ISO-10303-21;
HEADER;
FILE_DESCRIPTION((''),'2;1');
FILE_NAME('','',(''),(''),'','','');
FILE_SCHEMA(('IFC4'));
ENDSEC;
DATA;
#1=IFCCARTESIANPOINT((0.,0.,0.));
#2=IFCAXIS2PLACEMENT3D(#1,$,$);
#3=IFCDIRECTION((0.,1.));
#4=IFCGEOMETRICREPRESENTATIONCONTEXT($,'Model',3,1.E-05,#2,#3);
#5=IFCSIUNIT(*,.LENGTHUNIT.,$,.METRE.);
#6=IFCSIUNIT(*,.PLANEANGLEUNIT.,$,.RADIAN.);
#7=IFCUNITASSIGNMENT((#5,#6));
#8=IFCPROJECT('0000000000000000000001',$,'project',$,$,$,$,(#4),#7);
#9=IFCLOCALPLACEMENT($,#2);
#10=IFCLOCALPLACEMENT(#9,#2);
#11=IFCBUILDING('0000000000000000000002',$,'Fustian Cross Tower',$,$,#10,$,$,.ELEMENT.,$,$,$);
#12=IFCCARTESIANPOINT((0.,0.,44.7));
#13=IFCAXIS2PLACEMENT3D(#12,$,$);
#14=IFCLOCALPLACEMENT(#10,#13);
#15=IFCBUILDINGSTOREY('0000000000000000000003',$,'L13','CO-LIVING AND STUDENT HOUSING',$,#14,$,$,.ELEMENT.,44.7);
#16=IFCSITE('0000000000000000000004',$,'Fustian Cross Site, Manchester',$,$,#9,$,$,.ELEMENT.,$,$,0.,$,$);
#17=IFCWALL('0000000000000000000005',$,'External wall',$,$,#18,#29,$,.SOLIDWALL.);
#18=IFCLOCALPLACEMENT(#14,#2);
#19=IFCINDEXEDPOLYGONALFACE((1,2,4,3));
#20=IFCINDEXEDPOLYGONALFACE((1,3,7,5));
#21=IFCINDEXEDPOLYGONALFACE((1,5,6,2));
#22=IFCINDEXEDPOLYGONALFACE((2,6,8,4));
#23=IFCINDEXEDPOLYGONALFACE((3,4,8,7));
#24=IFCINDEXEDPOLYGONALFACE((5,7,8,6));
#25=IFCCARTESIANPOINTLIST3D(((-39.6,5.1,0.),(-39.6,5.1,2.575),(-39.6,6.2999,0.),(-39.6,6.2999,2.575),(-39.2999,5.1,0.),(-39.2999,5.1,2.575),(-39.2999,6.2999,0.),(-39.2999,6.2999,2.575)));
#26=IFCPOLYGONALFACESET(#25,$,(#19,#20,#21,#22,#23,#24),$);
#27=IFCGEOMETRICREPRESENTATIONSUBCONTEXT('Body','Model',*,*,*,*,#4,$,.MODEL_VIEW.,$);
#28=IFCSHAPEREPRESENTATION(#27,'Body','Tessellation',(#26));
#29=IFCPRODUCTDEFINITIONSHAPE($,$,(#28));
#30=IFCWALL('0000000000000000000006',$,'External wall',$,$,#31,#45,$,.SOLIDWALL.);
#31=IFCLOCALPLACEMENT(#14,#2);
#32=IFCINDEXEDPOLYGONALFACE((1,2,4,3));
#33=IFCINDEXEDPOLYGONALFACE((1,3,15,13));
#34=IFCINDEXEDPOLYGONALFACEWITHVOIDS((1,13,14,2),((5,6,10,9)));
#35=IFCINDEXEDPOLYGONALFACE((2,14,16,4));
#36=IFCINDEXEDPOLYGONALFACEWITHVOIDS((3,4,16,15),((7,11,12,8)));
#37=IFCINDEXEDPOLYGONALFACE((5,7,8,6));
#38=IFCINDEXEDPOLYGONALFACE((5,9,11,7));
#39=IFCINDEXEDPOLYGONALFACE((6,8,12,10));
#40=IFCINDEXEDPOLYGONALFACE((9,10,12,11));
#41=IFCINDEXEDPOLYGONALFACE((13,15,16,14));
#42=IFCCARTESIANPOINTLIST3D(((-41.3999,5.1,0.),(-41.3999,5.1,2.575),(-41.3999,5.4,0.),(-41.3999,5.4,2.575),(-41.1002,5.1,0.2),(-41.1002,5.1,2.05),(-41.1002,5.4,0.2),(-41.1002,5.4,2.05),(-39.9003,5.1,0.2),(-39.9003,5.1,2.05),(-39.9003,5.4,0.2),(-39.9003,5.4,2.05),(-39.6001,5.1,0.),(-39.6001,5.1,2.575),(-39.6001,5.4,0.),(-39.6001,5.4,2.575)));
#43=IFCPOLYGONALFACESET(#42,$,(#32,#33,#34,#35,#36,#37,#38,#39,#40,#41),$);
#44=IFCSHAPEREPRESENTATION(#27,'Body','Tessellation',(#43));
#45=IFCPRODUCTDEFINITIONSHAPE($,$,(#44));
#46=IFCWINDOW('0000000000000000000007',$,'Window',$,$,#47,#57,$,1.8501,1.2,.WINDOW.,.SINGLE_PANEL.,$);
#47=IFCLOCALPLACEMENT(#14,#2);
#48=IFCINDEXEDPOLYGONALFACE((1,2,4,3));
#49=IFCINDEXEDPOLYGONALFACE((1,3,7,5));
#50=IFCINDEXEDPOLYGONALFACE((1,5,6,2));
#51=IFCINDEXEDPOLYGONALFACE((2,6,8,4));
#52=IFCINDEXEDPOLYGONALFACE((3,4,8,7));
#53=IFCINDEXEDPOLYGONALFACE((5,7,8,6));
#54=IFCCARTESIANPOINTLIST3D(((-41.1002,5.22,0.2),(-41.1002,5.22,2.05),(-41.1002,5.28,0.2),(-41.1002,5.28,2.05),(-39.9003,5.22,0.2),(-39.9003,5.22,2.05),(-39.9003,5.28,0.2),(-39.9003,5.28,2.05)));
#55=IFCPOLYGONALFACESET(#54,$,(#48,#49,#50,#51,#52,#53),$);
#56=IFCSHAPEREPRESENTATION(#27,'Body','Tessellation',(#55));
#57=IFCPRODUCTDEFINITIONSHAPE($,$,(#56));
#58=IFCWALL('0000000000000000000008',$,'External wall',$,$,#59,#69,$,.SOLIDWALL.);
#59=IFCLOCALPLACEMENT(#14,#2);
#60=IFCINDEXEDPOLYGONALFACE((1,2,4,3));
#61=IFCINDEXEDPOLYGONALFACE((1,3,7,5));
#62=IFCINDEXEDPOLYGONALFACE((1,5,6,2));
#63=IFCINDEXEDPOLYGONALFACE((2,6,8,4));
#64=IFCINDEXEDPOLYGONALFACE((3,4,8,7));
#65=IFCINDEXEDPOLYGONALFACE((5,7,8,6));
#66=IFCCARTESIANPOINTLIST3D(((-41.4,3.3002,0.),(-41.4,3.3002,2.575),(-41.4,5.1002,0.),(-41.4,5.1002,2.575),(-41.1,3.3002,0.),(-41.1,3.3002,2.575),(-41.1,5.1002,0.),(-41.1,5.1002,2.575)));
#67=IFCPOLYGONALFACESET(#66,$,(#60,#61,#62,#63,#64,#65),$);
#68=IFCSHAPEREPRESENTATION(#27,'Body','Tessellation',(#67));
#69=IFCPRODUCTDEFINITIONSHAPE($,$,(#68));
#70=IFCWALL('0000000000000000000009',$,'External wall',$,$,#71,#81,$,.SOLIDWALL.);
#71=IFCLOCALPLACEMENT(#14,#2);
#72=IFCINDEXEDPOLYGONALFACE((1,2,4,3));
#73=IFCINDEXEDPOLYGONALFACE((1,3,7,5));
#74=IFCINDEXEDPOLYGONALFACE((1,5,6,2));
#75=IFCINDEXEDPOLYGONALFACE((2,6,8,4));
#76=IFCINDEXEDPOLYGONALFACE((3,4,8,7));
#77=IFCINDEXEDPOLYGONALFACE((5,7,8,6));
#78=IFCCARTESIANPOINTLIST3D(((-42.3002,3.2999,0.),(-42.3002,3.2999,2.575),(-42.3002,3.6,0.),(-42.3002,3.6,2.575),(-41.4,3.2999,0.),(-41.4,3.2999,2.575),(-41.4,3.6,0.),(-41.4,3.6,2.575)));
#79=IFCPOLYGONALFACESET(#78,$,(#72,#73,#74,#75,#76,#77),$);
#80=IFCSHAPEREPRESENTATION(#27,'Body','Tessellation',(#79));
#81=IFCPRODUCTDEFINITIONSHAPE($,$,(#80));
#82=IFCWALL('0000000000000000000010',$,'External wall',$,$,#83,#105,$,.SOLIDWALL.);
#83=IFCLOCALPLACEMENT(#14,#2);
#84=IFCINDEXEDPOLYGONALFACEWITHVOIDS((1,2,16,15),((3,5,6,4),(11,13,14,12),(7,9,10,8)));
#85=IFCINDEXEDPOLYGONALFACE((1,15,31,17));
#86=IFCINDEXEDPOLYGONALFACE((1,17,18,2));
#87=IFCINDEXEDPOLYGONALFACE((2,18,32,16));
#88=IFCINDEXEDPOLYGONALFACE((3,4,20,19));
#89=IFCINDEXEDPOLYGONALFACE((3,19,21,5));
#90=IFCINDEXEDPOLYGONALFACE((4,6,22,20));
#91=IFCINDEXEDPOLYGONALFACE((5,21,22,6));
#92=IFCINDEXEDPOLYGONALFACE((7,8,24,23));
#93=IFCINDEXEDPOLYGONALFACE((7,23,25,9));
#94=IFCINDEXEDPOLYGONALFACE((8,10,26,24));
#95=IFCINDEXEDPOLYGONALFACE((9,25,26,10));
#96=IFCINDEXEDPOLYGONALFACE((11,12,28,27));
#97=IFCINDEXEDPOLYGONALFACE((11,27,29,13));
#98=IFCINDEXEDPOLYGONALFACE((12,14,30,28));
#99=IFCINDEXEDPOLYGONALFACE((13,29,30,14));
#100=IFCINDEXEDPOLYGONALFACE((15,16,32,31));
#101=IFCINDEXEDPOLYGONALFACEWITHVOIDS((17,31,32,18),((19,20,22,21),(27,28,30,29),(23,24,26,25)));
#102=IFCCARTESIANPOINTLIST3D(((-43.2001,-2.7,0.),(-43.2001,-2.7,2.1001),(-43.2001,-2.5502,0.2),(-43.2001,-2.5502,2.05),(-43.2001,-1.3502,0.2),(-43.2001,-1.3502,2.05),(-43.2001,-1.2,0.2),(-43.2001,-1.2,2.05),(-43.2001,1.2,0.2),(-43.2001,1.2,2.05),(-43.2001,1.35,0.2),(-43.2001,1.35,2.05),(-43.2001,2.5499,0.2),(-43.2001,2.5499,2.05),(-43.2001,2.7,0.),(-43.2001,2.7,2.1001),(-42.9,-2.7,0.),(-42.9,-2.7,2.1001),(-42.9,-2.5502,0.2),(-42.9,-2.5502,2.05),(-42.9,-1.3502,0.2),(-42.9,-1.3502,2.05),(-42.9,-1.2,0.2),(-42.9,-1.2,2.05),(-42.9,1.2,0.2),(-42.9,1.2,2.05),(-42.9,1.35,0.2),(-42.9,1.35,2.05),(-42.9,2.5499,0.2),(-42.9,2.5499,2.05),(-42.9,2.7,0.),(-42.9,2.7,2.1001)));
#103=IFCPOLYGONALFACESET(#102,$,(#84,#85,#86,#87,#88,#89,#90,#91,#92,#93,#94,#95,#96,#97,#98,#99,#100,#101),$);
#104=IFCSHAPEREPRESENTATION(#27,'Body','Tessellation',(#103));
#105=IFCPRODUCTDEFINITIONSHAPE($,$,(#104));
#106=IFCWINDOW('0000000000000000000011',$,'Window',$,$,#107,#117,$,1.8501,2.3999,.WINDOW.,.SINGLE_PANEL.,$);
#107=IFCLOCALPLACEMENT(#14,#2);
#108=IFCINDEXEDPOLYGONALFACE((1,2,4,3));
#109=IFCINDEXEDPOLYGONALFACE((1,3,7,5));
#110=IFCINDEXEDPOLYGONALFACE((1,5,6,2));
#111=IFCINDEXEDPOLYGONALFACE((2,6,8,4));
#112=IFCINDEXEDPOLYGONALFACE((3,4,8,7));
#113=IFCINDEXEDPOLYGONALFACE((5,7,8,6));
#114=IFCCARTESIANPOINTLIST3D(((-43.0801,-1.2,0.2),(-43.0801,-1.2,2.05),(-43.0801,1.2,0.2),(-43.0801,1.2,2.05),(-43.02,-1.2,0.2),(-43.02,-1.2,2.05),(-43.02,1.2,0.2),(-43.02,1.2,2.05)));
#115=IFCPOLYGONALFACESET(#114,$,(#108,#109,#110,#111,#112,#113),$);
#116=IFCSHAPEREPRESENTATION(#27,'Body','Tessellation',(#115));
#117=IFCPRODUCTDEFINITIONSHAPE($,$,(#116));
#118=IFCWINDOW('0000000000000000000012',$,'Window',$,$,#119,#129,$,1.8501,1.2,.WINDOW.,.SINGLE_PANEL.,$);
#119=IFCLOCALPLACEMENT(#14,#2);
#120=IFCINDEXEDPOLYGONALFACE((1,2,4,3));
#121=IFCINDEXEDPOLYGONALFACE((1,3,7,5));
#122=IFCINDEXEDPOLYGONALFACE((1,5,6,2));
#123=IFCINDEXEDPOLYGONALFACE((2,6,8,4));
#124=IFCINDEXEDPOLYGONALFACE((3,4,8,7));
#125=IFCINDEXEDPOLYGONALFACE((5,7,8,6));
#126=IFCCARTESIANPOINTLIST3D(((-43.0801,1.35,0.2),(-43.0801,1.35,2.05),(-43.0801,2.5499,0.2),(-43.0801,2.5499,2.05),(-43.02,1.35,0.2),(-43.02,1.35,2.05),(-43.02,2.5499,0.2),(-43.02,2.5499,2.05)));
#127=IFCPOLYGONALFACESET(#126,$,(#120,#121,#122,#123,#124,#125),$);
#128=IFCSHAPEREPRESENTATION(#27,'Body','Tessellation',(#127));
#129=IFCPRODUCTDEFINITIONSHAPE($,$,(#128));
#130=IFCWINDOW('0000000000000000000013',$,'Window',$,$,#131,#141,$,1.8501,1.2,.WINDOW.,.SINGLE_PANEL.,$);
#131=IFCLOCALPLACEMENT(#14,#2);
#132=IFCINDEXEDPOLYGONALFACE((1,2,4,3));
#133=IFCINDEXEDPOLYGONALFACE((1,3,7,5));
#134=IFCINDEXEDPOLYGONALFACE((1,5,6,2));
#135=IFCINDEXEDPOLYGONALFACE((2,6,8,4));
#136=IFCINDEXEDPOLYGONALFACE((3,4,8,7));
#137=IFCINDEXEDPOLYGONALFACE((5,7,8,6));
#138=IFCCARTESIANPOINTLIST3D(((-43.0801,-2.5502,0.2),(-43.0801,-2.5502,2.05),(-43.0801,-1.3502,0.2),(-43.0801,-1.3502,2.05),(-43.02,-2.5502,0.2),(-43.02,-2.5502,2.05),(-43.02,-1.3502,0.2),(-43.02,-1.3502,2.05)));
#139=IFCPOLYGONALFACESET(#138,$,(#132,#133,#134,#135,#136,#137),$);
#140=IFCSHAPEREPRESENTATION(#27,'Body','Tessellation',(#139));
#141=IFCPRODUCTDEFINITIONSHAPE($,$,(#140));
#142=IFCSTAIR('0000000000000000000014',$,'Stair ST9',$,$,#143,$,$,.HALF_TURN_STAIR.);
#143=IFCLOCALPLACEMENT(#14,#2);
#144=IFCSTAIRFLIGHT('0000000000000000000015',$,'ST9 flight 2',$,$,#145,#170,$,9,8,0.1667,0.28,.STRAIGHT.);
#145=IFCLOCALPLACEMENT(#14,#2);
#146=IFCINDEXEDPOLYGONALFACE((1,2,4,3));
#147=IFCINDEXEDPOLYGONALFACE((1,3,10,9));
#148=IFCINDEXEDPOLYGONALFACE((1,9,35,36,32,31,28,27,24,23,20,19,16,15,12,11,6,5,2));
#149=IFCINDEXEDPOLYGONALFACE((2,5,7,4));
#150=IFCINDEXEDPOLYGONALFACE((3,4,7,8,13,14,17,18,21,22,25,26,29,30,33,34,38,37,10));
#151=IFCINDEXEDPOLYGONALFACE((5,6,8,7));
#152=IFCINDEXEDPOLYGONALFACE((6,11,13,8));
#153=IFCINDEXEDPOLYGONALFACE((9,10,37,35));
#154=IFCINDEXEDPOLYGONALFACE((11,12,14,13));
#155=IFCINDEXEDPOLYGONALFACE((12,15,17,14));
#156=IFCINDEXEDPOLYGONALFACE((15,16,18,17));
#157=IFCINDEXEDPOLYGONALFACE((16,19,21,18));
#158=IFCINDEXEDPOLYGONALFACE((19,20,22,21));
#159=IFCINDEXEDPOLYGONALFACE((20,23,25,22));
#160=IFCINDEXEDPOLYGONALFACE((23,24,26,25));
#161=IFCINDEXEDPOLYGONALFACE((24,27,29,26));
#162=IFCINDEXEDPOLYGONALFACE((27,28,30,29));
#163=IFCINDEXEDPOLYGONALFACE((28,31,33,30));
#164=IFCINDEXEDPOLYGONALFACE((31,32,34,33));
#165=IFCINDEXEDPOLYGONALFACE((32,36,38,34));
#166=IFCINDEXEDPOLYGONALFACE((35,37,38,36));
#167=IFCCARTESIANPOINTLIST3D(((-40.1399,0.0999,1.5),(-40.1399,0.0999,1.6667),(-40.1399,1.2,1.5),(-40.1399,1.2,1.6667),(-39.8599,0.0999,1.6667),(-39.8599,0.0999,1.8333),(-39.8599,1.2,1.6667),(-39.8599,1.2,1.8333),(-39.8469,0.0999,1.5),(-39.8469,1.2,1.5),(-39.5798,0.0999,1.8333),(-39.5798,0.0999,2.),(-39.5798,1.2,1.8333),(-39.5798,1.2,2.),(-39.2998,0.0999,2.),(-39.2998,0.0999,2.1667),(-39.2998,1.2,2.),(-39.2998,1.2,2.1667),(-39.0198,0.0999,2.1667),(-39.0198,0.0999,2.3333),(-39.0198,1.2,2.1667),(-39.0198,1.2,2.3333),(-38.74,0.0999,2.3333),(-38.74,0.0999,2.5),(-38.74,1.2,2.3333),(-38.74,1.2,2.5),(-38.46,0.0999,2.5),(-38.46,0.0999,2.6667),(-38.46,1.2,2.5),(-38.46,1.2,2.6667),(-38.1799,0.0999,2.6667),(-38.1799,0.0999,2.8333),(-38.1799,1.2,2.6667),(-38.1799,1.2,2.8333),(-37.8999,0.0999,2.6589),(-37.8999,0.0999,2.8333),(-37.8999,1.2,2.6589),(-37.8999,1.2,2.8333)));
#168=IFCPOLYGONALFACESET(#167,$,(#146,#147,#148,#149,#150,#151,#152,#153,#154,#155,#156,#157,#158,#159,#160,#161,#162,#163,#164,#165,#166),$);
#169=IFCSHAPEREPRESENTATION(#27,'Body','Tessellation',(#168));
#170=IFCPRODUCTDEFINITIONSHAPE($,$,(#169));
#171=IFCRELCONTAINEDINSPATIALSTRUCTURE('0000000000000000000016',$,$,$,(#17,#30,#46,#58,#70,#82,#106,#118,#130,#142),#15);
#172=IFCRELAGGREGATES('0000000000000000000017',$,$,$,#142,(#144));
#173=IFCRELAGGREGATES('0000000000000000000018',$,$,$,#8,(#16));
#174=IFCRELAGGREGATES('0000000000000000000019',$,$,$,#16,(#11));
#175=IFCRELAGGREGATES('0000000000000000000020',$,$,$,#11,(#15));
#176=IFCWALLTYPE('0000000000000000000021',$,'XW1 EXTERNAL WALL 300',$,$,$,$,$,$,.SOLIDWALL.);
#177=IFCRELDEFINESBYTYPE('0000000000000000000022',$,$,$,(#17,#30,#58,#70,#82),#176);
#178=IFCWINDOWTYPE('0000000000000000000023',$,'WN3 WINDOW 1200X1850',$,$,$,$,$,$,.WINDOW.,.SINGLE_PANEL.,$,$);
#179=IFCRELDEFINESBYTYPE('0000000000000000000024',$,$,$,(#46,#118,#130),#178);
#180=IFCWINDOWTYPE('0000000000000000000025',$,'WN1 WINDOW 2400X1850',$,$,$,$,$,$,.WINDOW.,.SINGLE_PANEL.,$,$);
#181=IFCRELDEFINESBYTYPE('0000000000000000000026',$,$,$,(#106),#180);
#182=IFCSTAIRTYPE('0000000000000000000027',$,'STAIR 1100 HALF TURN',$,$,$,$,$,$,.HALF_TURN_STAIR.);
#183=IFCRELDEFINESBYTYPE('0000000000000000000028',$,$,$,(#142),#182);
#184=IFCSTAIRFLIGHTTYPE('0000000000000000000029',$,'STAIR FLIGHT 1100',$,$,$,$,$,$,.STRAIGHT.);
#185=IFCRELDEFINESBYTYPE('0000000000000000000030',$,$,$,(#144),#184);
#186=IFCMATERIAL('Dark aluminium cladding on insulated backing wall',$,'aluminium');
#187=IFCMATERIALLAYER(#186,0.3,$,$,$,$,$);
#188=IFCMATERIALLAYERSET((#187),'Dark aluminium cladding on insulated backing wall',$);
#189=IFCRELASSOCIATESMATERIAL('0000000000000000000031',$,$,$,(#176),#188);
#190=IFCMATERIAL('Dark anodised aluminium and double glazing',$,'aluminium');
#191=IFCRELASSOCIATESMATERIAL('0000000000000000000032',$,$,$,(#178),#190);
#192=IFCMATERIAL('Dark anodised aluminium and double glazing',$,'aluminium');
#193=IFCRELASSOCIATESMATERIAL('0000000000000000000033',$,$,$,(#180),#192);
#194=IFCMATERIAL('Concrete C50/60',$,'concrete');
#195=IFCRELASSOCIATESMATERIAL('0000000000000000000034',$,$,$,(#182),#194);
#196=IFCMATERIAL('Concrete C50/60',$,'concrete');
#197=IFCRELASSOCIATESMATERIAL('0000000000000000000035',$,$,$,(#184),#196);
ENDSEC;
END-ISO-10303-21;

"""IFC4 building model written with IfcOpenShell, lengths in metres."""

from ifc_helpers import new_model, si_unit, direction, frame, frame_2d, origin, place, context, subcontext, project, spatial, polyline, rectangle, outline, extrude, material, layer, layer_set, type_object, element, fill, aggregate, save


model = new_model("IFC4")

# Units and contexts
model_context = context("Model", 3, precision=1e-05, world=origin(), true_north=direction((0.0, 1.0)))
body_context = subcontext(model_context, "Body", "Model", "MODEL_VIEW")
ifc_project = project(units=[si_unit("LENGTHUNIT", "METRE"), si_unit("PLANEANGLEUNIT", "RADIAN")], contexts=[model_context])

# Site, building, storey
site_placement = place(None, origin())
site = spatial("IfcSite", under=ifc_project, at=site_placement, Name="Fustian Cross Site, Manchester", CompositionType="ELEMENT", RefElevation=0.0)
building_placement = place(site_placement, origin())
building = spatial("IfcBuilding", under=site, at=building_placement, Name="Fustian Cross Tower", CompositionType="ELEMENT")
storey_placement = place(building_placement, frame((0.0, 0.0, 44.7)))
storey = spatial("IfcBuildingStorey", under=building, at=storey_placement, Name="L13", Description="CO-LIVING AND STUDENT HOUSING", CompositionType="ELEMENT", Elevation=44.7)

# Wall
ifc_material_1 = material(Name="Dark aluminium cladding on insulated backing wall", Category="aluminium")
ifc_layer_1 = layer(ifc_material_1, 0.3)
ifc_layer_set_1 = layer_set([ifc_layer_1], Name="Dark aluminium cladding on insulated backing wall")
wall_type_1 = type_object("IfcWallType", Name="XW1 EXTERNAL WALL 300", PredefinedType="SOLIDWALL", material=ifc_layer_set_1)
wall_1_placement = place(storey_placement, frame((-39.45, 6.3, 0.0), z_axis=(0.0, 0.0, 1.0), x_axis=(0.0, -1.0, 0.0)))
element("IfcWall", 1, at=wall_1_placement, inside=storey, type_object=wall_type_1, Name="External wall", PredefinedType="SOLIDWALL", context=body_context, shape_type="SweptSolid", body=[
    extrude(rectangle(XDim=1.2, YDim=0.3, at=frame_2d((0.6001, 0.0))), origin(), (0.0, 0.0, 1.0), 2.575),
])

# Wall, opening, window
wall_2_placement = place(storey_placement, frame((-39.6001, 5.25, 0.0), z_axis=(0.0, 0.0, 1.0), x_axis=(-1.0, 0.0, 0.0)))
wall_2 = element("IfcWall", 2, at=wall_2_placement, inside=storey, type_object=wall_type_1, Name="External wall", PredefinedType="SOLIDWALL", context=body_context, shape_type="SweptSolid", body=[
    extrude(rectangle(XDim=1.7998, YDim=0.3, at=frame_2d((0.8999, 0.0))), origin(), (0.0, 0.0, 1.0), 2.575),
])
opening_1_placement = place(wall_2_placement, frame((0.3, 0.0, 0.2)))
opening_1 = element("IfcOpeningElement", 3, at=opening_1_placement, cuts=wall_2, PredefinedType="OPENING", context=body_context, shape_type="SweptSolid", body=[
    extrude(rectangle(XDim=1.2, YDim=1.8501, at=frame_2d((0.6001, 0.925))), frame((0.0, 0.1599, 0.0), z_axis=(0.0, -1.0, 0.0), x_axis=(1.0, 0.0, 0.0)), (0.0, 0.0, 1.0), 0.3201),
])
ifc_material_2 = material(Name="Dark anodised aluminium and double glazing", Category="aluminium")
window_type_1 = type_object("IfcWindowType", Name="WN3 WINDOW 1200X1850", PartitioningType="SINGLE_PANEL", PredefinedType="WINDOW", material=ifc_material_2)
window_1_placement = place(opening_1_placement, origin())
window_1 = element("IfcWindow", 4, at=window_1_placement, inside=storey, type_object=window_type_1, Name="Window", OverallHeight=1.8501, OverallWidth=1.2, PartitioningType="SINGLE_PANEL", PredefinedType="WINDOW", context=body_context, shape_type="SweptSolid", body=[
    extrude(rectangle(XDim=1.2, YDim=1.8501, at=frame_2d((0.6001, 0.925))), frame((0.0, 0.03, 0.0), z_axis=(0.0, -1.0, 0.0), x_axis=(1.0, 0.0, 0.0)), (0.0, 0.0, 1.0), 0.0601),
])
fill(opening_1, window_1)

# Walls
wall_3_placement = place(storey_placement, frame((-41.25, 5.1001, 0.0), z_axis=(0.0, 0.0, 1.0), x_axis=(0.0, -1.0, 0.0)))
element("IfcWall", 5, at=wall_3_placement, inside=storey, type_object=wall_type_1, Name="External wall", PredefinedType="SOLIDWALL", context=body_context, shape_type="SweptSolid", body=[
    extrude(rectangle(XDim=1.8, YDim=0.3, at=frame_2d((0.8999, 0.0))), origin(), (0.0, 0.0, 1.0), 2.575),
])
wall_4_placement = place(storey_placement, frame((-41.3999, 3.45, 0.0), z_axis=(0.0, 0.0, 1.0), x_axis=(-1.0, 0.0, 0.0)))
element("IfcWall", 6, at=wall_4_placement, inside=storey, type_object=wall_type_1, Name="External wall", PredefinedType="SOLIDWALL", context=body_context, shape_type="SweptSolid", body=[
    extrude(rectangle(XDim=0.9001, YDim=0.3, at=frame_2d((0.4502, 0.0))), origin(), (0.0, 0.0, 1.0), 2.575),
])

# Wall, openings, windows
wall_5_placement = place(storey_placement, frame((-43.05, 2.7, 0.0), z_axis=(0.0, 0.0, 1.0), x_axis=(0.0, -1.0, 0.0)))
wall_5 = element("IfcWall", 7, at=wall_5_placement, inside=storey, type_object=wall_type_1, Name="External wall", PredefinedType="SOLIDWALL", context=body_context, shape_type="SweptSolid", body=[
    extrude(rectangle(XDim=5.3999, YDim=0.3, at=frame_2d((2.7, 0.0))), origin(), (0.0, 0.0, 1.0), 2.1001),
])
opening_2_placement = place(wall_5_placement, frame((1.5, 0.0, 0.2)))
opening_2 = element("IfcOpeningElement", 8, at=opening_2_placement, cuts=wall_5, PredefinedType="OPENING", context=body_context, shape_type="SweptSolid", body=[
    extrude(rectangle(XDim=2.3999, YDim=1.8501, at=frame_2d((1.2, 0.925))), frame((0.0, 0.1599, 0.0), z_axis=(0.0, -1.0, 0.0), x_axis=(1.0, 0.0, 0.0)), (0.0, 0.0, 1.0), 0.3201),
])
opening_3_placement = place(wall_5_placement, frame((0.1499, 0.0, 0.2)))
opening_3 = element("IfcOpeningElement", 9, at=opening_3_placement, cuts=wall_5, PredefinedType="OPENING", context=body_context, shape_type="SweptSolid", body=[
    extrude(rectangle(XDim=1.2, YDim=1.8501, at=frame_2d((0.6001, 0.925))), frame((0.0, 0.1599, 0.0), z_axis=(0.0, -1.0, 0.0), x_axis=(1.0, 0.0, 0.0)), (0.0, 0.0, 1.0), 0.3201),
])
opening_4_placement = place(wall_5_placement, frame((4.05, 0.0, 0.2)))
opening_4 = element("IfcOpeningElement", 10, at=opening_4_placement, cuts=wall_5, PredefinedType="OPENING", context=body_context, shape_type="SweptSolid", body=[
    extrude(rectangle(XDim=1.2, YDim=1.8501, at=frame_2d((0.6001, 0.925))), frame((0.0, 0.1599, 0.0), z_axis=(0.0, -1.0, 0.0), x_axis=(1.0, 0.0, 0.0)), (0.0, 0.0, 1.0), 0.3201),
])
ifc_material_3 = material(Name="Dark anodised aluminium and double glazing", Category="aluminium")
window_type_2 = type_object("IfcWindowType", Name="WN1 WINDOW 2400X1850", PartitioningType="SINGLE_PANEL", PredefinedType="WINDOW", material=ifc_material_3)
window_2_placement = place(opening_2_placement, origin())
window_2 = element("IfcWindow", 11, at=window_2_placement, inside=storey, type_object=window_type_2, Name="Window", OverallHeight=1.8501, OverallWidth=2.3999, PartitioningType="SINGLE_PANEL", PredefinedType="WINDOW", context=body_context, shape_type="SweptSolid", body=[
    extrude(rectangle(XDim=2.3999, YDim=1.8501, at=frame_2d((1.2, 0.925))), frame((0.0, 0.03, 0.0), z_axis=(0.0, -1.0, 0.0), x_axis=(1.0, 0.0, 0.0)), (0.0, 0.0, 1.0), 0.0601),
])
fill(opening_2, window_2)
window_3_placement = place(opening_3_placement, origin())
window_3 = element("IfcWindow", 12, at=window_3_placement, inside=storey, type_object=window_type_1, Name="Window", OverallHeight=1.8501, OverallWidth=1.2, PartitioningType="SINGLE_PANEL", PredefinedType="WINDOW", context=body_context, shape_type="SweptSolid", body=[
    extrude(rectangle(XDim=1.2, YDim=1.8501, at=frame_2d((0.6001, 0.925))), frame((0.0, 0.03, 0.0), z_axis=(0.0, -1.0, 0.0), x_axis=(1.0, 0.0, 0.0)), (0.0, 0.0, 1.0), 0.0601),
])
fill(opening_3, window_3)
window_4_placement = place(opening_4_placement, origin())
window_4 = element("IfcWindow", 13, at=window_4_placement, inside=storey, type_object=window_type_1, Name="Window", OverallHeight=1.8501, OverallWidth=1.2, PartitioningType="SINGLE_PANEL", PredefinedType="WINDOW", context=body_context, shape_type="SweptSolid", body=[
    extrude(rectangle(XDim=1.2, YDim=1.8501, at=frame_2d((0.6001, 0.925))), frame((0.0, 0.03, 0.0), z_axis=(0.0, -1.0, 0.0), x_axis=(1.0, 0.0, 0.0)), (0.0, 0.0, 1.0), 0.0601),
])
fill(opening_4, window_4)

# Stair, stair flight
ifc_material_4 = material(Name="Concrete C50/60", Category="concrete")
stair_type = type_object("IfcStairType", Name="STAIR 1100 HALF TURN", PredefinedType="HALF_TURN_STAIR", material=ifc_material_4)
stair_placement = place(storey_placement, origin())
stair = element("IfcStair", 14, at=stair_placement, inside=storey, type_object=stair_type, Name="Stair ST9", PredefinedType="HALF_TURN_STAIR")
ifc_material_5 = material(Name="Concrete C50/60", Category="concrete")
stair_flight_type = type_object("IfcStairFlightType", Name="STAIR FLIGHT 1100", PredefinedType="STRAIGHT", material=ifc_material_5)
stair_flight_placement = place(storey_placement, frame((-40.1399, 0.6499, 1.5), z_axis=(0.0, 0.0, 1.0), x_axis=(1.0, 0.0, 0.0)))
stair_flight = element("IfcStairFlight", 15, at=stair_flight_placement, type_object=stair_flight_type, Name="ST9 flight 2", NumberOfRisers=9, NumberOfTreads=8, PredefinedType="STRAIGHT", RiserHeight=0.1667, TreadLength=0.28, context=body_context, shape_type="SweptSolid", body=[
    extrude(outline(polyline([(0.0, 0.0), (0.0, 0.1667), (0.28, 0.1667), (0.28, 0.3333), (0.5601, 0.3333), (0.5601, 0.5), (0.8401, 0.5), (0.8401, 0.6667), (1.1201, 0.6667), (1.1201, 0.8333), (1.3999, 0.8333), (1.3999, 1.0), (1.6799, 1.0), (1.6799, 1.1667), (1.96, 1.1667), (1.96, 1.3333), (2.24, 1.3333), (2.24, 1.5), (2.24, 1.1589), (0.293, 0.0), (0.0, 0.0)])), frame((0.0, 0.55, 0.0), z_axis=(0.0, -1.0, 0.0), x_axis=(1.0, 0.0, 0.0)), (0.0, 0.0, 1.0), 1.1001),
])
aggregate(stair, [stair_flight])

save(model, "model.ifc")
